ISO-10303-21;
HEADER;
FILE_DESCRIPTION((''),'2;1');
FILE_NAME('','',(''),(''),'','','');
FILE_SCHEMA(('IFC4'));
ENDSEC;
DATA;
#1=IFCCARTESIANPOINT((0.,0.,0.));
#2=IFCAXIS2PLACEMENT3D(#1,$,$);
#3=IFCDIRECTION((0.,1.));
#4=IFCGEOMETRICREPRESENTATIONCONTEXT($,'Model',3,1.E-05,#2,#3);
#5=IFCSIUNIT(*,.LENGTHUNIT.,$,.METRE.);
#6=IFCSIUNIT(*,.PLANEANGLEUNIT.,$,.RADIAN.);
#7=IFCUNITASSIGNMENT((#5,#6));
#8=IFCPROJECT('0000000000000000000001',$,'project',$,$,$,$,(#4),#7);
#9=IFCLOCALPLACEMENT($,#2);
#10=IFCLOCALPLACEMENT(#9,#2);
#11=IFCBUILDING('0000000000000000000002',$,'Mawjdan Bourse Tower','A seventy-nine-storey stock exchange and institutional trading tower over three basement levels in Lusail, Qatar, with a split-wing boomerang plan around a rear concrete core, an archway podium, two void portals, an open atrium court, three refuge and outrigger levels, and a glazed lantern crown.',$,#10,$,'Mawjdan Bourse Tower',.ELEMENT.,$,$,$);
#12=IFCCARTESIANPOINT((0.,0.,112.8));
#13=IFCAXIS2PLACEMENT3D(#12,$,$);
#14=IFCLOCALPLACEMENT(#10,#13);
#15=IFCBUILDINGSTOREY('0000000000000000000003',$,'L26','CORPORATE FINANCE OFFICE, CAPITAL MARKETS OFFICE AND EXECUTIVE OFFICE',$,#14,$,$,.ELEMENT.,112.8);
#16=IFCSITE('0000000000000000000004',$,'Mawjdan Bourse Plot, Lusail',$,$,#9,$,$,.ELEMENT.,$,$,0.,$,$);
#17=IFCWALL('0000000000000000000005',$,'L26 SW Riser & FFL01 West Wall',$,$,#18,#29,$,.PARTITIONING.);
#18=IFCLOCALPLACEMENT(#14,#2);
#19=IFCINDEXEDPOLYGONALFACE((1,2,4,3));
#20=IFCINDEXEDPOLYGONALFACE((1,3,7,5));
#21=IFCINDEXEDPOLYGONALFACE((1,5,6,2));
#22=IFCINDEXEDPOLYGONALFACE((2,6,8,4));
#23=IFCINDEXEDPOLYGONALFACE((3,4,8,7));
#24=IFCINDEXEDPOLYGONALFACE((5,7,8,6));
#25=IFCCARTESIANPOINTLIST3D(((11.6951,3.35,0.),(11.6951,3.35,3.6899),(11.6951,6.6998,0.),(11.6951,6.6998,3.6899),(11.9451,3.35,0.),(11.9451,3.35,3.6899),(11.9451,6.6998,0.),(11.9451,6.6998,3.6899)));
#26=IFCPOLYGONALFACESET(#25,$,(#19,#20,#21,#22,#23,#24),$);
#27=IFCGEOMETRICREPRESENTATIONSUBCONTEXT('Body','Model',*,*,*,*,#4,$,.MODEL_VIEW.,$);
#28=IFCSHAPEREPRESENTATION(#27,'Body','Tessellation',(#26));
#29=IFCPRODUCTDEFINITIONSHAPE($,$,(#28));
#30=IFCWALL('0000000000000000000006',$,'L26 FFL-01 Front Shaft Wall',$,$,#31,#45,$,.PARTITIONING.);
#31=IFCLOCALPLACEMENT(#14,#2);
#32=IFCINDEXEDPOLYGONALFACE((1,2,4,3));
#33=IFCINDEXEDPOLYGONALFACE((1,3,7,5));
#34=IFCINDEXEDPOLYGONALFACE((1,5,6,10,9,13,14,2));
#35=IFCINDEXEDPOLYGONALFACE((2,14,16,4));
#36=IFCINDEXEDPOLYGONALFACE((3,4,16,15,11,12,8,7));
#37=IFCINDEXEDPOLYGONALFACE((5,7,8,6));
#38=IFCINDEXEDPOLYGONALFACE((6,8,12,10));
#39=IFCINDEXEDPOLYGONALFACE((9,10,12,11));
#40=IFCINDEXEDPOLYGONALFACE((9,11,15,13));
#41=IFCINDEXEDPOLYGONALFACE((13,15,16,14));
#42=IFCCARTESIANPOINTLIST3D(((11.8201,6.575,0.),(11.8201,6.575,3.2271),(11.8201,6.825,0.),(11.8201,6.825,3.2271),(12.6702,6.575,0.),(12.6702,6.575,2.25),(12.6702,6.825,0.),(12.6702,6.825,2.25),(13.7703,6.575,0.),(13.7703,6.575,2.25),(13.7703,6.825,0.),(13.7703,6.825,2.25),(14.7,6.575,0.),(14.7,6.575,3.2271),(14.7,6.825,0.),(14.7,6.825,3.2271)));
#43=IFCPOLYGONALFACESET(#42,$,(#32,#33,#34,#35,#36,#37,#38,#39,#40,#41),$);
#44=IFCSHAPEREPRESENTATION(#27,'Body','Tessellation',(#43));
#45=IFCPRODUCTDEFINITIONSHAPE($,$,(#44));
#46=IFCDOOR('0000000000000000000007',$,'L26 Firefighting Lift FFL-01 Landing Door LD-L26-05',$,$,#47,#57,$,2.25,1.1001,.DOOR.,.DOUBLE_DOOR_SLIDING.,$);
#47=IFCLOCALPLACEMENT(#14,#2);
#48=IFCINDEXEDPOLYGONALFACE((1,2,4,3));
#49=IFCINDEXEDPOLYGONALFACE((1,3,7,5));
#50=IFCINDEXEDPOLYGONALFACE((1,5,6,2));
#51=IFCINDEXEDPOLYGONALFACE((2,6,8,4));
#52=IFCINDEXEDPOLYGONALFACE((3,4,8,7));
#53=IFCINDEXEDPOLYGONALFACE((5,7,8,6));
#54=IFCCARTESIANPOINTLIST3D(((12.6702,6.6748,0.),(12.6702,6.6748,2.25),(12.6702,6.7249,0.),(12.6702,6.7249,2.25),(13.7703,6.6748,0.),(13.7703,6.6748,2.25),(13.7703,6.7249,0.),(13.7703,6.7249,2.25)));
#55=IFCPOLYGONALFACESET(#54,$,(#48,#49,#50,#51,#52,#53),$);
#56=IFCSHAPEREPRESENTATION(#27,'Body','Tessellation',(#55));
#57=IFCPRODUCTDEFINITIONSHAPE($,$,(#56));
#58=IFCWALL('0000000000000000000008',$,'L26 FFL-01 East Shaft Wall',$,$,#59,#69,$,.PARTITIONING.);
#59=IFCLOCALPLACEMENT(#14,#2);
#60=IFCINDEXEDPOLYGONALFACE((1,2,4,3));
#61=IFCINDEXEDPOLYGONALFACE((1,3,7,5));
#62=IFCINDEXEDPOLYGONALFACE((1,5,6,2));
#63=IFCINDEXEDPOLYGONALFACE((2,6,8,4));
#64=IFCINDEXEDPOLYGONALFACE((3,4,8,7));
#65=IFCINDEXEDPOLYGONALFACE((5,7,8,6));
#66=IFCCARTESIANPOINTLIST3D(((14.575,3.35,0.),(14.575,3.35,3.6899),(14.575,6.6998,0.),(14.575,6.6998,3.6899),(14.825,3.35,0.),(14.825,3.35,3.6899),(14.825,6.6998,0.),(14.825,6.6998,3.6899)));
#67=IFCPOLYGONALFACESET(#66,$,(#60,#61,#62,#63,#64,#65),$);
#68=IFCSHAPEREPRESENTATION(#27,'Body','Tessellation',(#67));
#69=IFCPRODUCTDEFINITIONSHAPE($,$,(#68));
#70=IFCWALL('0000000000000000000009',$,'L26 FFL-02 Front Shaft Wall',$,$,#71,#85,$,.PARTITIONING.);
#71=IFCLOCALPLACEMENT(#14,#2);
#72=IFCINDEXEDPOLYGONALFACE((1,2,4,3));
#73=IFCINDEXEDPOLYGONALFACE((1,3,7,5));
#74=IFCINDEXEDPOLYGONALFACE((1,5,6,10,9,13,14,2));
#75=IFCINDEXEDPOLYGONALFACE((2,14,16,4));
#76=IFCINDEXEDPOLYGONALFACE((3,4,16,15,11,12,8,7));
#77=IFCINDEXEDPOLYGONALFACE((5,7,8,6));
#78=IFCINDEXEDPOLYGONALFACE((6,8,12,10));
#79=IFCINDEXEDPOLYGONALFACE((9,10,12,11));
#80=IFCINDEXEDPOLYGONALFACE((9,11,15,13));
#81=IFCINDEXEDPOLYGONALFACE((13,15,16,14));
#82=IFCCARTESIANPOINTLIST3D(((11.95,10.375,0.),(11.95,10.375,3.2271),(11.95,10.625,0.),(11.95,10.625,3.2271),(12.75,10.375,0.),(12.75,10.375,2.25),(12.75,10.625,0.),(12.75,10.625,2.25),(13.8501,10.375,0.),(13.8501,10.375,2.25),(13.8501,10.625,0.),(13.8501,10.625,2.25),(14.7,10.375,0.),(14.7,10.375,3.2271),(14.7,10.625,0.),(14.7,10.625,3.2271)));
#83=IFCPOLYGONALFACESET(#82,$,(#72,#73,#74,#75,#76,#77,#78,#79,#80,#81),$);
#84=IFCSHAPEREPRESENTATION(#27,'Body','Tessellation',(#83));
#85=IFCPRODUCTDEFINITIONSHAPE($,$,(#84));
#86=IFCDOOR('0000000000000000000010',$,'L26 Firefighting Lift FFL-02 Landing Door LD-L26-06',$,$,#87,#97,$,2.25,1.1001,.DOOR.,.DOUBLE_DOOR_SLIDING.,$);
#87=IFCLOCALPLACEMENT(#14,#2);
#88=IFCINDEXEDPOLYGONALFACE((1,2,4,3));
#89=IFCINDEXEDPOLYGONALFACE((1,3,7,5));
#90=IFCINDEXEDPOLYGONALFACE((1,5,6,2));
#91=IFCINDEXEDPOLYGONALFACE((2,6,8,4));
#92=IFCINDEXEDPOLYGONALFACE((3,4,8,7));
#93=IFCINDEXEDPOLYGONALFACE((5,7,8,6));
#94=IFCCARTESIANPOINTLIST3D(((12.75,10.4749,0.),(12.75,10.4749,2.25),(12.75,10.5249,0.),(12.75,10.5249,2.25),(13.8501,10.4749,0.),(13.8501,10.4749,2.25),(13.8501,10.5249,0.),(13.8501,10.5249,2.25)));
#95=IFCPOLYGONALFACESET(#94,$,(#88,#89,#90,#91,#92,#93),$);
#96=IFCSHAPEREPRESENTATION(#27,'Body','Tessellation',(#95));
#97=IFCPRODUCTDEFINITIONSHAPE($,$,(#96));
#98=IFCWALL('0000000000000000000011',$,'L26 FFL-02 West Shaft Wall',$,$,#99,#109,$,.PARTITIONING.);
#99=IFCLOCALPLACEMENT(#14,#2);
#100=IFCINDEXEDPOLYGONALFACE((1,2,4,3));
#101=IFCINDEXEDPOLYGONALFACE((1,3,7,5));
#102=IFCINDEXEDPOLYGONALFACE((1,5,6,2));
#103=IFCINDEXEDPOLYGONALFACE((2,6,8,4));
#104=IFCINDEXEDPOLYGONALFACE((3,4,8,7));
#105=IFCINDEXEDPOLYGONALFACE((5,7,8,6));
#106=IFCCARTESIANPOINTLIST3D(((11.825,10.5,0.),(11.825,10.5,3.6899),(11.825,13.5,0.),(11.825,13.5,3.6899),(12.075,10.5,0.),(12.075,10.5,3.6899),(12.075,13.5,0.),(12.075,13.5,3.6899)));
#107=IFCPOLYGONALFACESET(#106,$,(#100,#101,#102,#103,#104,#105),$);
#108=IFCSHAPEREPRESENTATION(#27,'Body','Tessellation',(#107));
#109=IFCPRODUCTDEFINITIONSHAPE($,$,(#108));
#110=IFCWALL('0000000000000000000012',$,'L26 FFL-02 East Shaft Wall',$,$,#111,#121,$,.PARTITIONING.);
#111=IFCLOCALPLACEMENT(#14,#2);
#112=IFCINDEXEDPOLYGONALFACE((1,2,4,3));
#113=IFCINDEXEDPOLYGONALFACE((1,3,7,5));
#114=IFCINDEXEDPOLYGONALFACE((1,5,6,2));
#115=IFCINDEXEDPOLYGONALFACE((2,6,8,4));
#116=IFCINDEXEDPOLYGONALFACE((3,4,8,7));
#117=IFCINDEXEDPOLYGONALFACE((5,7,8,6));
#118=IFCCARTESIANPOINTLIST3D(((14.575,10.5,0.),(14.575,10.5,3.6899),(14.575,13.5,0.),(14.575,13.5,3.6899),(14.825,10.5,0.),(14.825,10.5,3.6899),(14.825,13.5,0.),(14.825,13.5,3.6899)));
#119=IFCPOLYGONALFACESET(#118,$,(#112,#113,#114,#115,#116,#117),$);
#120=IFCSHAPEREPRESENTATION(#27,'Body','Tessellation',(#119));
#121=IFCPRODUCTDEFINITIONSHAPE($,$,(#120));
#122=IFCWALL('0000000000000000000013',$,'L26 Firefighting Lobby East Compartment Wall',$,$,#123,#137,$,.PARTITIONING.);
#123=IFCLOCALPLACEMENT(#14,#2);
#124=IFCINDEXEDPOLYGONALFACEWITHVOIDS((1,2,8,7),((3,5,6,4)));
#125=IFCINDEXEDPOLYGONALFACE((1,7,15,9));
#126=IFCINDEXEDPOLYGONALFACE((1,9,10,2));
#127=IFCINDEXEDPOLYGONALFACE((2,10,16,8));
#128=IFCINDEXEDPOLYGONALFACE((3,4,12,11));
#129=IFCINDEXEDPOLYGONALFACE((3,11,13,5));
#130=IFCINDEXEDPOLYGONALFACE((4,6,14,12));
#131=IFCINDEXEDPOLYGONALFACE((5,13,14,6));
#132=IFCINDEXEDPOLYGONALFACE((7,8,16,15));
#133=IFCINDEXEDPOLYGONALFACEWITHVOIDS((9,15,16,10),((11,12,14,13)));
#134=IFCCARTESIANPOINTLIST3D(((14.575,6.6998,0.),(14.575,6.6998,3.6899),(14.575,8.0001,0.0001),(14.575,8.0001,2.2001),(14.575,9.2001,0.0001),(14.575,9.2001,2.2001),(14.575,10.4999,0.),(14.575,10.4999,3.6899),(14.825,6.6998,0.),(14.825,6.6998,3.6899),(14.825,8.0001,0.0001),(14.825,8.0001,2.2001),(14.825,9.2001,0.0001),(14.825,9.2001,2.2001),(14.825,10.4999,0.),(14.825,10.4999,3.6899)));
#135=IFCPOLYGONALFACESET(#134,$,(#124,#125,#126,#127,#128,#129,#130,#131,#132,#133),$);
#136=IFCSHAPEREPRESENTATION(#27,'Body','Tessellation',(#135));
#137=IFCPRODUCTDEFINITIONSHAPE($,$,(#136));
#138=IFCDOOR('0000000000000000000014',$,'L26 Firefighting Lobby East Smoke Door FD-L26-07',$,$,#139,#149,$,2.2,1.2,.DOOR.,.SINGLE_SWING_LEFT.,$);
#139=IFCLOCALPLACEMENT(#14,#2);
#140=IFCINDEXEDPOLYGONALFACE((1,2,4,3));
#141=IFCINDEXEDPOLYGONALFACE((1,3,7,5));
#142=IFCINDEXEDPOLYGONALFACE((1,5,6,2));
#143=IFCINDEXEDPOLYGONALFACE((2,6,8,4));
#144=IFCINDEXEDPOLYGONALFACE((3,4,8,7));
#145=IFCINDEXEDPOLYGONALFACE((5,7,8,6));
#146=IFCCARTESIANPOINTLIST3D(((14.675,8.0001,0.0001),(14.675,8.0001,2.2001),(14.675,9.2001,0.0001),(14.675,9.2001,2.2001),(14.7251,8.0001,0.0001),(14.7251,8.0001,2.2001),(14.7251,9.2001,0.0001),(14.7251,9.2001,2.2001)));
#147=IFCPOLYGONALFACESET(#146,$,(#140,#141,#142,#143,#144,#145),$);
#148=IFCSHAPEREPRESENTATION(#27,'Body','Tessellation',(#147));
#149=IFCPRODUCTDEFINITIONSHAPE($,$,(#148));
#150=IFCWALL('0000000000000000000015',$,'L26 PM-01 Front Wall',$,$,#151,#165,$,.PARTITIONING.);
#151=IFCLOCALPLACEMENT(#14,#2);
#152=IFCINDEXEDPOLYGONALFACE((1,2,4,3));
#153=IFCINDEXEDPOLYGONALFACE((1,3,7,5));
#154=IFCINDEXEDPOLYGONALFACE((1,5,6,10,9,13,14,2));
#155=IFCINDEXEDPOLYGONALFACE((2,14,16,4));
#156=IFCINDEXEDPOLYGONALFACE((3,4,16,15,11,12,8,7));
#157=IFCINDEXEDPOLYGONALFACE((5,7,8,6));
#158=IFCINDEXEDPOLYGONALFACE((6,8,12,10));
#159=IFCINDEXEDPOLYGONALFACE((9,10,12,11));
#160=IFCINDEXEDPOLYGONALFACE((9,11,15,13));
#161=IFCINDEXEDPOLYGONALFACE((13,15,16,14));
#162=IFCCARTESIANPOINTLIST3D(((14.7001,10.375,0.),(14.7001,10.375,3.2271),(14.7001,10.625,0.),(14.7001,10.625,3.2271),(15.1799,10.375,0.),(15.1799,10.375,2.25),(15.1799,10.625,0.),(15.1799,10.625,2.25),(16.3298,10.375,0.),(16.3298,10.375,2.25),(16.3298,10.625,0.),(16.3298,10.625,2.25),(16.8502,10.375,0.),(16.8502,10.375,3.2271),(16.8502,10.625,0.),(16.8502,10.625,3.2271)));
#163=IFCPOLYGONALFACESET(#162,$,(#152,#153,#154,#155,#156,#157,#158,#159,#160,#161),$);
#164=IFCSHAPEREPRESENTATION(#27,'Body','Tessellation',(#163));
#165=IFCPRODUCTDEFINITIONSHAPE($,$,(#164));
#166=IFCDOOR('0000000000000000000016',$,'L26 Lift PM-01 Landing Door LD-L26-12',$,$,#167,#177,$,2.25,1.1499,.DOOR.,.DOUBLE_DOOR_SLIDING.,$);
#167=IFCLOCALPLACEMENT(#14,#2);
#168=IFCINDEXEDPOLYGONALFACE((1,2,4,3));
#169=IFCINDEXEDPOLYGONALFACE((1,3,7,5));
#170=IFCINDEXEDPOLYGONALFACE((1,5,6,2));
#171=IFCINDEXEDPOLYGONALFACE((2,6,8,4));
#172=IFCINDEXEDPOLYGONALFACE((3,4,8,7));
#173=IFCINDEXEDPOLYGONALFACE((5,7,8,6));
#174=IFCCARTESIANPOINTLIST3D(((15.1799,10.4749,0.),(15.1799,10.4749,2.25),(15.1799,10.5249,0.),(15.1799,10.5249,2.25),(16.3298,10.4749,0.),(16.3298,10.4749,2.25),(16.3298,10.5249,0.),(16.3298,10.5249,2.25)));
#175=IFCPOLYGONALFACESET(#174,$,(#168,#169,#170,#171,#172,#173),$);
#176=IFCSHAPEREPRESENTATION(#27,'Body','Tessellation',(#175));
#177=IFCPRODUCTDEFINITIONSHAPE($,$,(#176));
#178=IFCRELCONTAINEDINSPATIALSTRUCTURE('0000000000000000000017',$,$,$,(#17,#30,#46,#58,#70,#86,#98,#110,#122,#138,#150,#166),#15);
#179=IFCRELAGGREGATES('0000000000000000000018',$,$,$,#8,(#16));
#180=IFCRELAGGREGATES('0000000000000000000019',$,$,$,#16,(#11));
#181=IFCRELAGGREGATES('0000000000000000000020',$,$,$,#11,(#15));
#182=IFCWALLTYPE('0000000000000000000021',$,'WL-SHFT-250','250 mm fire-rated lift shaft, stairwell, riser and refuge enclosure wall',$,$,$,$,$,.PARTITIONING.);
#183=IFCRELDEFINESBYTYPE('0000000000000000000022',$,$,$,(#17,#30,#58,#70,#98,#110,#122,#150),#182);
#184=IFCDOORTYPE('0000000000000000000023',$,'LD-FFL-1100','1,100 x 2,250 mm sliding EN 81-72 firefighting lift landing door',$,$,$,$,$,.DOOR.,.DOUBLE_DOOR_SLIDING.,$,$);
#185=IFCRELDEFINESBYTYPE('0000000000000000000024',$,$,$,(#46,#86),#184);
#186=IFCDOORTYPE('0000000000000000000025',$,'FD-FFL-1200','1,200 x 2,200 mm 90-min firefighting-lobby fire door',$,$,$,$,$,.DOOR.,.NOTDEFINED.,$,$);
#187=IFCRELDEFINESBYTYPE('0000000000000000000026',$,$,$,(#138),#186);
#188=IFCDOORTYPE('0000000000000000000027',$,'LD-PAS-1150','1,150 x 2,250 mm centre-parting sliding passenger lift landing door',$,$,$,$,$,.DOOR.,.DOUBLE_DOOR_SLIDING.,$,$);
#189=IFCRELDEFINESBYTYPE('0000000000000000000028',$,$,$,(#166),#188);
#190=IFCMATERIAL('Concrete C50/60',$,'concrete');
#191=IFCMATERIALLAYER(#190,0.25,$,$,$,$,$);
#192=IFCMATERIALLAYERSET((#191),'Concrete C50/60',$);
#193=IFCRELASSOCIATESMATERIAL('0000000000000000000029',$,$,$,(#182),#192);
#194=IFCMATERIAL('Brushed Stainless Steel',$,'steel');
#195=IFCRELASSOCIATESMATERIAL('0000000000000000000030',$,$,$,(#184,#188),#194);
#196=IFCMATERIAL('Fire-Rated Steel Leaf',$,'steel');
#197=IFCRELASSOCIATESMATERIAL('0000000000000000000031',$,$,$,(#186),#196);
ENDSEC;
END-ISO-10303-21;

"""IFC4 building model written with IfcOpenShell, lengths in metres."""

from ifc_helpers import new_model, si_unit, direction, frame, frame_2d, origin, place, context, subcontext, project, spatial, rectangle, extrude, material, layer, layer_set, type_object, element, fill, save


model = new_model("IFC4")

# Units and contexts
model_context = context("Model", 3, precision=1e-05, world=origin(), true_north=direction((0.0, 1.0)))
body_context = subcontext(model_context, "Body", "Model", "MODEL_VIEW")
ifc_project = project(units=[si_unit("LENGTHUNIT", "METRE"), si_unit("PLANEANGLEUNIT", "RADIAN")], contexts=[model_context])

# Site, building, storey
site_placement = place(None, origin())
site = spatial("IfcSite", under=ifc_project, at=site_placement, Name="Mawjdan Bourse Plot, Lusail", CompositionType="ELEMENT", RefElevation=0.0)
building_placement = place(site_placement, origin())
building = spatial("IfcBuilding", under=site, at=building_placement, Name="Mawjdan Bourse Tower", Description="A seventy-nine-storey stock exchange and institutional trading tower over three basement levels in Lusail, Qatar, with a split-wing boomerang plan around a rear concrete core, an archway podium, two void portals, an open atrium court, three refuge and outrigger levels, and a glazed lantern crown.", LongName="Mawjdan Bourse Tower", CompositionType="ELEMENT")
storey_placement = place(building_placement, frame((0.0, 0.0, 112.8)))
storey = spatial("IfcBuildingStorey", under=building, at=storey_placement, Name="L26", Description="CORPORATE FINANCE OFFICE, CAPITAL MARKETS OFFICE AND EXECUTIVE OFFICE", CompositionType="ELEMENT", Elevation=112.8)

# Wall
ifc_material_1 = material(Name="Concrete C50/60", Category="concrete")
ifc_layer_1 = layer(ifc_material_1, 0.25)
ifc_layer_set_1 = layer_set([ifc_layer_1], Name="Concrete C50/60")
wall_type_1 = type_object("IfcWallType", Name="WL-SHFT-250", Description="250 mm fire-rated lift shaft, stairwell, riser and refuge enclosure wall", PredefinedType="PARTITIONING", material=ifc_layer_set_1)
wall_1_placement = place(storey_placement, frame((11.8201, 3.3501, 0.0), z_axis=(0.0, 0.0, 1.0), x_axis=(0.0, 1.0, 0.0)))
element("IfcWall", 1, at=wall_1_placement, inside=storey, type_object=wall_type_1, Name="L26 SW Riser & FFL01 West Wall", PredefinedType="PARTITIONING", context=body_context, shape_type="SweptSolid", body=[
    extrude(rectangle(XDim=3.3499, YDim=0.25, at=frame_2d((1.6748, 0.0))), origin(), (0.0, 0.0, 1.0), 3.6899),
])

# Wall, opening, door
wall_2_placement = place(storey_placement, frame((11.8201, 6.7, 0.0), z_axis=(0.0, 0.0, 1.0), x_axis=(1.0, 0.0, 0.0)))
wall_2 = element("IfcWall", 2, at=wall_2_placement, inside=storey, type_object=wall_type_1, Name="L26 FFL-01 Front Shaft Wall", PredefinedType="PARTITIONING", context=body_context, shape_type="SweptSolid", body=[
    extrude(rectangle(XDim=2.8799, YDim=0.25, at=frame_2d((1.4399, 0.0))), origin(), (0.0, 0.0, 1.0), 3.2271),
])
opening_1_placement = place(wall_2_placement, frame((0.8501, 0.0, 0.0)))
opening_1 = element("IfcOpeningElement", 3, at=opening_1_placement, cuts=wall_2, PredefinedType="OPENING", context=body_context, shape_type="SweptSolid", body=[
    extrude(rectangle(XDim=1.1001, YDim=2.25, at=frame_2d((0.55, 1.125))), frame((0.0, 0.135, 0.0), z_axis=(0.0, -1.0, 0.0), x_axis=(1.0, 0.0, 0.0)), (0.0, 0.0, 1.0), 0.27),
])
ifc_material_2 = material(Name="Brushed Stainless Steel", Category="steel")
door_type_1 = type_object("IfcDoorType", Name="LD-FFL-1100", Description="1,100 x 2,250 mm sliding EN 81-72 firefighting lift landing door", OperationType="DOUBLE_DOOR_SLIDING", PredefinedType="DOOR", material=ifc_material_2)
door_1_placement = place(opening_1_placement, origin())
door_1 = element("IfcDoor", 4, at=door_1_placement, inside=storey, type_object=door_type_1, Name="L26 Firefighting Lift FFL-01 Landing Door LD-L26-05", OperationType="DOUBLE_DOOR_SLIDING", OverallHeight=2.25, OverallWidth=1.1001, PredefinedType="DOOR", context=body_context, shape_type="SweptSolid", body=[
    extrude(rectangle(XDim=1.1001, YDim=2.25, at=frame_2d((0.55, 1.125))), frame((0.0, 0.0249, 0.0), z_axis=(0.0, -1.0, 0.0), x_axis=(1.0, 0.0, 0.0)), (0.0, 0.0, 1.0), 0.05),
])
fill(opening_1, door_1)

# Wall
wall_3_placement = place(storey_placement, frame((14.7, 3.3501, 0.0), z_axis=(0.0, 0.0, 1.0), x_axis=(0.0, 1.0, 0.0)))
element("IfcWall", 5, at=wall_3_placement, inside=storey, type_object=wall_type_1, Name="L26 FFL-01 East Shaft Wall", PredefinedType="PARTITIONING", context=body_context, shape_type="SweptSolid", body=[
    extrude(rectangle(XDim=3.3499, YDim=0.25, at=frame_2d((1.6748, 0.0))), origin(), (0.0, 0.0, 1.0), 3.6899),
])

# Wall, opening, door
wall_4_placement = place(storey_placement, frame((11.95, 10.5, 0.0), z_axis=(0.0, 0.0, 1.0), x_axis=(1.0, 0.0, 0.0)))
wall_4 = element("IfcWall", 6, at=wall_4_placement, inside=storey, type_object=wall_type_1, Name="L26 FFL-02 Front Shaft Wall", PredefinedType="PARTITIONING", context=body_context, shape_type="SweptSolid", body=[
    extrude(rectangle(XDim=2.75, YDim=0.25, at=frame_2d((1.375, 0.0))), origin(), (0.0, 0.0, 1.0), 3.2271),
])
opening_2_placement = place(wall_4_placement, frame((0.8, 0.0, 0.0)))
opening_2 = element("IfcOpeningElement", 7, at=opening_2_placement, cuts=wall_4, PredefinedType="OPENING", context=body_context, shape_type="SweptSolid", body=[
    extrude(rectangle(XDim=1.1001, YDim=2.25, at=frame_2d((0.55, 1.125))), frame((0.0, 0.135, 0.0), z_axis=(0.0, -1.0, 0.0), x_axis=(1.0, 0.0, 0.0)), (0.0, 0.0, 1.0), 0.27),
])
door_2_placement = place(opening_2_placement, origin())
door_2 = element("IfcDoor", 8, at=door_2_placement, inside=storey, type_object=door_type_1, Name="L26 Firefighting Lift FFL-02 Landing Door LD-L26-06", OperationType="DOUBLE_DOOR_SLIDING", OverallHeight=2.25, OverallWidth=1.1001, PredefinedType="DOOR", context=body_context, shape_type="SweptSolid", body=[
    extrude(rectangle(XDim=1.1001, YDim=2.25, at=frame_2d((0.55, 1.125))), frame((0.0, 0.0249, 0.0), z_axis=(0.0, -1.0, 0.0), x_axis=(1.0, 0.0, 0.0)), (0.0, 0.0, 1.0), 0.05),
])
fill(opening_2, door_2)

# Walls
for number, where, z_axis, x_axis, name in (
    (9, (11.95, 10.5, 0.0), (0.0, 0.0, 1.0), (0.0, 1.0, 0.0), "L26 FFL-02 West Shaft Wall"),
    (10, (14.7, 10.5, 0.0), (0.0, 0.0, 1.0), (0.0, 1.0, 0.0), "L26 FFL-02 East Shaft Wall"),
):
    element("IfcWall", number, at=place(storey_placement, frame(where, z_axis=z_axis, x_axis=x_axis)), inside=storey, type_object=wall_type_1, Name=name, PredefinedType="PARTITIONING", context=body_context, shape_type="SweptSolid", body=[
        extrude(rectangle(XDim=3.0, YDim=0.25, at=frame_2d((1.5, 0.0))), origin(), (0.0, 0.0, 1.0), 3.6899),
    ])

# Walls, openings, doors
wall_5_placement = place(storey_placement, frame((14.7, 6.7, 0.0), z_axis=(0.0, 0.0, 1.0), x_axis=(0.0, 1.0, 0.0)))
wall_5 = element("IfcWall", 11, at=wall_5_placement, inside=storey, type_object=wall_type_1, Name="L26 Firefighting Lobby East Compartment Wall", PredefinedType="PARTITIONING", context=body_context, shape_type="SweptSolid", body=[
    extrude(rectangle(XDim=3.8, YDim=0.25, at=frame_2d((1.8999, 0.0))), origin(), (0.0, 0.0, 1.0), 3.6899),
])
opening_3_placement = place(wall_5_placement, frame((1.3, 0.0, 0.0)))
opening_3 = element("IfcOpeningElement", 12, at=opening_3_placement, cuts=wall_5, PredefinedType="OPENING", context=body_context, shape_type="SweptSolid", body=[
    extrude(rectangle(XDim=1.2, YDim=2.2, at=frame_2d((0.6001, 1.1001))), frame((0.0, 0.135, 0.0), z_axis=(0.0, -1.0, 0.0), x_axis=(1.0, 0.0, 0.0)), (0.0, 0.0, 1.0), 0.27),
])
ifc_material_3 = material(Name="Fire-Rated Steel Leaf", Category="steel")
door_type_2 = type_object("IfcDoorType", Name="FD-FFL-1200", Description="1,200 x 2,200 mm 90-min firefighting-lobby fire door", OperationType="NOTDEFINED", PredefinedType="DOOR", material=ifc_material_3)
door_3_placement = place(opening_3_placement, origin())
door_3 = element("IfcDoor", 13, at=door_3_placement, inside=storey, type_object=door_type_2, Name="L26 Firefighting Lobby East Smoke Door FD-L26-07", OperationType="SINGLE_SWING_LEFT", OverallHeight=2.2, OverallWidth=1.2, PredefinedType="DOOR", context=body_context, shape_type="SweptSolid", body=[
    extrude(rectangle(XDim=1.2, YDim=2.2, at=frame_2d((0.6001, 1.1001))), frame((0.0, 0.0249, 0.0), z_axis=(0.0, -1.0, 0.0), x_axis=(1.0, 0.0, 0.0)), (0.0, 0.0, 1.0), 0.05),
])
fill(opening_3, door_3)
wall_6_placement = place(storey_placement, frame((14.7, 10.5, 0.0), z_axis=(0.0, 0.0, 1.0), x_axis=(1.0, 0.0, 0.0)))
wall_6 = element("IfcWall", 14, at=wall_6_placement, inside=storey, type_object=wall_type_1, Name="L26 PM-01 Front Wall", PredefinedType="PARTITIONING", context=body_context, shape_type="SweptSolid", body=[
    extrude(rectangle(XDim=2.1501, YDim=0.25, at=frame_2d((1.0752, 0.0))), origin(), (0.0, 0.0, 1.0), 3.2271),
])
opening_4_placement = place(wall_6_placement, frame((0.48, 0.0, 0.0)))
opening_4 = element("IfcOpeningElement", 15, at=opening_4_placement, cuts=wall_6, PredefinedType="OPENING", context=body_context, shape_type="SweptSolid", body=[
    extrude(rectangle(XDim=1.1499, YDim=2.25, at=frame_2d((0.575, 1.125))), frame((0.0, 0.135, 0.0), z_axis=(0.0, -1.0, 0.0), x_axis=(1.0, 0.0, 0.0)), (0.0, 0.0, 1.0), 0.27),
])
door_type_3 = type_object("IfcDoorType", Name="LD-PAS-1150", Description="1,150 x 2,250 mm centre-parting sliding passenger lift landing door", OperationType="DOUBLE_DOOR_SLIDING", PredefinedType="DOOR", material=ifc_material_2)
door_4_placement = place(opening_4_placement, origin())
door_4 = element("IfcDoor", 16, at=door_4_placement, inside=storey, type_object=door_type_3, Name="L26 Lift PM-01 Landing Door LD-L26-12", OperationType="DOUBLE_DOOR_SLIDING", OverallHeight=2.25, OverallWidth=1.1499, PredefinedType="DOOR", context=body_context, shape_type="SweptSolid", body=[
    extrude(rectangle(XDim=1.1499, YDim=2.25, at=frame_2d((0.575, 1.125))), frame((0.0, 0.0249, 0.0), z_axis=(0.0, -1.0, 0.0), x_axis=(1.0, 0.0, 0.0)), (0.0, 0.0, 1.0), 0.05),
])
fill(opening_4, door_4)

save(model, "model.ifc")
